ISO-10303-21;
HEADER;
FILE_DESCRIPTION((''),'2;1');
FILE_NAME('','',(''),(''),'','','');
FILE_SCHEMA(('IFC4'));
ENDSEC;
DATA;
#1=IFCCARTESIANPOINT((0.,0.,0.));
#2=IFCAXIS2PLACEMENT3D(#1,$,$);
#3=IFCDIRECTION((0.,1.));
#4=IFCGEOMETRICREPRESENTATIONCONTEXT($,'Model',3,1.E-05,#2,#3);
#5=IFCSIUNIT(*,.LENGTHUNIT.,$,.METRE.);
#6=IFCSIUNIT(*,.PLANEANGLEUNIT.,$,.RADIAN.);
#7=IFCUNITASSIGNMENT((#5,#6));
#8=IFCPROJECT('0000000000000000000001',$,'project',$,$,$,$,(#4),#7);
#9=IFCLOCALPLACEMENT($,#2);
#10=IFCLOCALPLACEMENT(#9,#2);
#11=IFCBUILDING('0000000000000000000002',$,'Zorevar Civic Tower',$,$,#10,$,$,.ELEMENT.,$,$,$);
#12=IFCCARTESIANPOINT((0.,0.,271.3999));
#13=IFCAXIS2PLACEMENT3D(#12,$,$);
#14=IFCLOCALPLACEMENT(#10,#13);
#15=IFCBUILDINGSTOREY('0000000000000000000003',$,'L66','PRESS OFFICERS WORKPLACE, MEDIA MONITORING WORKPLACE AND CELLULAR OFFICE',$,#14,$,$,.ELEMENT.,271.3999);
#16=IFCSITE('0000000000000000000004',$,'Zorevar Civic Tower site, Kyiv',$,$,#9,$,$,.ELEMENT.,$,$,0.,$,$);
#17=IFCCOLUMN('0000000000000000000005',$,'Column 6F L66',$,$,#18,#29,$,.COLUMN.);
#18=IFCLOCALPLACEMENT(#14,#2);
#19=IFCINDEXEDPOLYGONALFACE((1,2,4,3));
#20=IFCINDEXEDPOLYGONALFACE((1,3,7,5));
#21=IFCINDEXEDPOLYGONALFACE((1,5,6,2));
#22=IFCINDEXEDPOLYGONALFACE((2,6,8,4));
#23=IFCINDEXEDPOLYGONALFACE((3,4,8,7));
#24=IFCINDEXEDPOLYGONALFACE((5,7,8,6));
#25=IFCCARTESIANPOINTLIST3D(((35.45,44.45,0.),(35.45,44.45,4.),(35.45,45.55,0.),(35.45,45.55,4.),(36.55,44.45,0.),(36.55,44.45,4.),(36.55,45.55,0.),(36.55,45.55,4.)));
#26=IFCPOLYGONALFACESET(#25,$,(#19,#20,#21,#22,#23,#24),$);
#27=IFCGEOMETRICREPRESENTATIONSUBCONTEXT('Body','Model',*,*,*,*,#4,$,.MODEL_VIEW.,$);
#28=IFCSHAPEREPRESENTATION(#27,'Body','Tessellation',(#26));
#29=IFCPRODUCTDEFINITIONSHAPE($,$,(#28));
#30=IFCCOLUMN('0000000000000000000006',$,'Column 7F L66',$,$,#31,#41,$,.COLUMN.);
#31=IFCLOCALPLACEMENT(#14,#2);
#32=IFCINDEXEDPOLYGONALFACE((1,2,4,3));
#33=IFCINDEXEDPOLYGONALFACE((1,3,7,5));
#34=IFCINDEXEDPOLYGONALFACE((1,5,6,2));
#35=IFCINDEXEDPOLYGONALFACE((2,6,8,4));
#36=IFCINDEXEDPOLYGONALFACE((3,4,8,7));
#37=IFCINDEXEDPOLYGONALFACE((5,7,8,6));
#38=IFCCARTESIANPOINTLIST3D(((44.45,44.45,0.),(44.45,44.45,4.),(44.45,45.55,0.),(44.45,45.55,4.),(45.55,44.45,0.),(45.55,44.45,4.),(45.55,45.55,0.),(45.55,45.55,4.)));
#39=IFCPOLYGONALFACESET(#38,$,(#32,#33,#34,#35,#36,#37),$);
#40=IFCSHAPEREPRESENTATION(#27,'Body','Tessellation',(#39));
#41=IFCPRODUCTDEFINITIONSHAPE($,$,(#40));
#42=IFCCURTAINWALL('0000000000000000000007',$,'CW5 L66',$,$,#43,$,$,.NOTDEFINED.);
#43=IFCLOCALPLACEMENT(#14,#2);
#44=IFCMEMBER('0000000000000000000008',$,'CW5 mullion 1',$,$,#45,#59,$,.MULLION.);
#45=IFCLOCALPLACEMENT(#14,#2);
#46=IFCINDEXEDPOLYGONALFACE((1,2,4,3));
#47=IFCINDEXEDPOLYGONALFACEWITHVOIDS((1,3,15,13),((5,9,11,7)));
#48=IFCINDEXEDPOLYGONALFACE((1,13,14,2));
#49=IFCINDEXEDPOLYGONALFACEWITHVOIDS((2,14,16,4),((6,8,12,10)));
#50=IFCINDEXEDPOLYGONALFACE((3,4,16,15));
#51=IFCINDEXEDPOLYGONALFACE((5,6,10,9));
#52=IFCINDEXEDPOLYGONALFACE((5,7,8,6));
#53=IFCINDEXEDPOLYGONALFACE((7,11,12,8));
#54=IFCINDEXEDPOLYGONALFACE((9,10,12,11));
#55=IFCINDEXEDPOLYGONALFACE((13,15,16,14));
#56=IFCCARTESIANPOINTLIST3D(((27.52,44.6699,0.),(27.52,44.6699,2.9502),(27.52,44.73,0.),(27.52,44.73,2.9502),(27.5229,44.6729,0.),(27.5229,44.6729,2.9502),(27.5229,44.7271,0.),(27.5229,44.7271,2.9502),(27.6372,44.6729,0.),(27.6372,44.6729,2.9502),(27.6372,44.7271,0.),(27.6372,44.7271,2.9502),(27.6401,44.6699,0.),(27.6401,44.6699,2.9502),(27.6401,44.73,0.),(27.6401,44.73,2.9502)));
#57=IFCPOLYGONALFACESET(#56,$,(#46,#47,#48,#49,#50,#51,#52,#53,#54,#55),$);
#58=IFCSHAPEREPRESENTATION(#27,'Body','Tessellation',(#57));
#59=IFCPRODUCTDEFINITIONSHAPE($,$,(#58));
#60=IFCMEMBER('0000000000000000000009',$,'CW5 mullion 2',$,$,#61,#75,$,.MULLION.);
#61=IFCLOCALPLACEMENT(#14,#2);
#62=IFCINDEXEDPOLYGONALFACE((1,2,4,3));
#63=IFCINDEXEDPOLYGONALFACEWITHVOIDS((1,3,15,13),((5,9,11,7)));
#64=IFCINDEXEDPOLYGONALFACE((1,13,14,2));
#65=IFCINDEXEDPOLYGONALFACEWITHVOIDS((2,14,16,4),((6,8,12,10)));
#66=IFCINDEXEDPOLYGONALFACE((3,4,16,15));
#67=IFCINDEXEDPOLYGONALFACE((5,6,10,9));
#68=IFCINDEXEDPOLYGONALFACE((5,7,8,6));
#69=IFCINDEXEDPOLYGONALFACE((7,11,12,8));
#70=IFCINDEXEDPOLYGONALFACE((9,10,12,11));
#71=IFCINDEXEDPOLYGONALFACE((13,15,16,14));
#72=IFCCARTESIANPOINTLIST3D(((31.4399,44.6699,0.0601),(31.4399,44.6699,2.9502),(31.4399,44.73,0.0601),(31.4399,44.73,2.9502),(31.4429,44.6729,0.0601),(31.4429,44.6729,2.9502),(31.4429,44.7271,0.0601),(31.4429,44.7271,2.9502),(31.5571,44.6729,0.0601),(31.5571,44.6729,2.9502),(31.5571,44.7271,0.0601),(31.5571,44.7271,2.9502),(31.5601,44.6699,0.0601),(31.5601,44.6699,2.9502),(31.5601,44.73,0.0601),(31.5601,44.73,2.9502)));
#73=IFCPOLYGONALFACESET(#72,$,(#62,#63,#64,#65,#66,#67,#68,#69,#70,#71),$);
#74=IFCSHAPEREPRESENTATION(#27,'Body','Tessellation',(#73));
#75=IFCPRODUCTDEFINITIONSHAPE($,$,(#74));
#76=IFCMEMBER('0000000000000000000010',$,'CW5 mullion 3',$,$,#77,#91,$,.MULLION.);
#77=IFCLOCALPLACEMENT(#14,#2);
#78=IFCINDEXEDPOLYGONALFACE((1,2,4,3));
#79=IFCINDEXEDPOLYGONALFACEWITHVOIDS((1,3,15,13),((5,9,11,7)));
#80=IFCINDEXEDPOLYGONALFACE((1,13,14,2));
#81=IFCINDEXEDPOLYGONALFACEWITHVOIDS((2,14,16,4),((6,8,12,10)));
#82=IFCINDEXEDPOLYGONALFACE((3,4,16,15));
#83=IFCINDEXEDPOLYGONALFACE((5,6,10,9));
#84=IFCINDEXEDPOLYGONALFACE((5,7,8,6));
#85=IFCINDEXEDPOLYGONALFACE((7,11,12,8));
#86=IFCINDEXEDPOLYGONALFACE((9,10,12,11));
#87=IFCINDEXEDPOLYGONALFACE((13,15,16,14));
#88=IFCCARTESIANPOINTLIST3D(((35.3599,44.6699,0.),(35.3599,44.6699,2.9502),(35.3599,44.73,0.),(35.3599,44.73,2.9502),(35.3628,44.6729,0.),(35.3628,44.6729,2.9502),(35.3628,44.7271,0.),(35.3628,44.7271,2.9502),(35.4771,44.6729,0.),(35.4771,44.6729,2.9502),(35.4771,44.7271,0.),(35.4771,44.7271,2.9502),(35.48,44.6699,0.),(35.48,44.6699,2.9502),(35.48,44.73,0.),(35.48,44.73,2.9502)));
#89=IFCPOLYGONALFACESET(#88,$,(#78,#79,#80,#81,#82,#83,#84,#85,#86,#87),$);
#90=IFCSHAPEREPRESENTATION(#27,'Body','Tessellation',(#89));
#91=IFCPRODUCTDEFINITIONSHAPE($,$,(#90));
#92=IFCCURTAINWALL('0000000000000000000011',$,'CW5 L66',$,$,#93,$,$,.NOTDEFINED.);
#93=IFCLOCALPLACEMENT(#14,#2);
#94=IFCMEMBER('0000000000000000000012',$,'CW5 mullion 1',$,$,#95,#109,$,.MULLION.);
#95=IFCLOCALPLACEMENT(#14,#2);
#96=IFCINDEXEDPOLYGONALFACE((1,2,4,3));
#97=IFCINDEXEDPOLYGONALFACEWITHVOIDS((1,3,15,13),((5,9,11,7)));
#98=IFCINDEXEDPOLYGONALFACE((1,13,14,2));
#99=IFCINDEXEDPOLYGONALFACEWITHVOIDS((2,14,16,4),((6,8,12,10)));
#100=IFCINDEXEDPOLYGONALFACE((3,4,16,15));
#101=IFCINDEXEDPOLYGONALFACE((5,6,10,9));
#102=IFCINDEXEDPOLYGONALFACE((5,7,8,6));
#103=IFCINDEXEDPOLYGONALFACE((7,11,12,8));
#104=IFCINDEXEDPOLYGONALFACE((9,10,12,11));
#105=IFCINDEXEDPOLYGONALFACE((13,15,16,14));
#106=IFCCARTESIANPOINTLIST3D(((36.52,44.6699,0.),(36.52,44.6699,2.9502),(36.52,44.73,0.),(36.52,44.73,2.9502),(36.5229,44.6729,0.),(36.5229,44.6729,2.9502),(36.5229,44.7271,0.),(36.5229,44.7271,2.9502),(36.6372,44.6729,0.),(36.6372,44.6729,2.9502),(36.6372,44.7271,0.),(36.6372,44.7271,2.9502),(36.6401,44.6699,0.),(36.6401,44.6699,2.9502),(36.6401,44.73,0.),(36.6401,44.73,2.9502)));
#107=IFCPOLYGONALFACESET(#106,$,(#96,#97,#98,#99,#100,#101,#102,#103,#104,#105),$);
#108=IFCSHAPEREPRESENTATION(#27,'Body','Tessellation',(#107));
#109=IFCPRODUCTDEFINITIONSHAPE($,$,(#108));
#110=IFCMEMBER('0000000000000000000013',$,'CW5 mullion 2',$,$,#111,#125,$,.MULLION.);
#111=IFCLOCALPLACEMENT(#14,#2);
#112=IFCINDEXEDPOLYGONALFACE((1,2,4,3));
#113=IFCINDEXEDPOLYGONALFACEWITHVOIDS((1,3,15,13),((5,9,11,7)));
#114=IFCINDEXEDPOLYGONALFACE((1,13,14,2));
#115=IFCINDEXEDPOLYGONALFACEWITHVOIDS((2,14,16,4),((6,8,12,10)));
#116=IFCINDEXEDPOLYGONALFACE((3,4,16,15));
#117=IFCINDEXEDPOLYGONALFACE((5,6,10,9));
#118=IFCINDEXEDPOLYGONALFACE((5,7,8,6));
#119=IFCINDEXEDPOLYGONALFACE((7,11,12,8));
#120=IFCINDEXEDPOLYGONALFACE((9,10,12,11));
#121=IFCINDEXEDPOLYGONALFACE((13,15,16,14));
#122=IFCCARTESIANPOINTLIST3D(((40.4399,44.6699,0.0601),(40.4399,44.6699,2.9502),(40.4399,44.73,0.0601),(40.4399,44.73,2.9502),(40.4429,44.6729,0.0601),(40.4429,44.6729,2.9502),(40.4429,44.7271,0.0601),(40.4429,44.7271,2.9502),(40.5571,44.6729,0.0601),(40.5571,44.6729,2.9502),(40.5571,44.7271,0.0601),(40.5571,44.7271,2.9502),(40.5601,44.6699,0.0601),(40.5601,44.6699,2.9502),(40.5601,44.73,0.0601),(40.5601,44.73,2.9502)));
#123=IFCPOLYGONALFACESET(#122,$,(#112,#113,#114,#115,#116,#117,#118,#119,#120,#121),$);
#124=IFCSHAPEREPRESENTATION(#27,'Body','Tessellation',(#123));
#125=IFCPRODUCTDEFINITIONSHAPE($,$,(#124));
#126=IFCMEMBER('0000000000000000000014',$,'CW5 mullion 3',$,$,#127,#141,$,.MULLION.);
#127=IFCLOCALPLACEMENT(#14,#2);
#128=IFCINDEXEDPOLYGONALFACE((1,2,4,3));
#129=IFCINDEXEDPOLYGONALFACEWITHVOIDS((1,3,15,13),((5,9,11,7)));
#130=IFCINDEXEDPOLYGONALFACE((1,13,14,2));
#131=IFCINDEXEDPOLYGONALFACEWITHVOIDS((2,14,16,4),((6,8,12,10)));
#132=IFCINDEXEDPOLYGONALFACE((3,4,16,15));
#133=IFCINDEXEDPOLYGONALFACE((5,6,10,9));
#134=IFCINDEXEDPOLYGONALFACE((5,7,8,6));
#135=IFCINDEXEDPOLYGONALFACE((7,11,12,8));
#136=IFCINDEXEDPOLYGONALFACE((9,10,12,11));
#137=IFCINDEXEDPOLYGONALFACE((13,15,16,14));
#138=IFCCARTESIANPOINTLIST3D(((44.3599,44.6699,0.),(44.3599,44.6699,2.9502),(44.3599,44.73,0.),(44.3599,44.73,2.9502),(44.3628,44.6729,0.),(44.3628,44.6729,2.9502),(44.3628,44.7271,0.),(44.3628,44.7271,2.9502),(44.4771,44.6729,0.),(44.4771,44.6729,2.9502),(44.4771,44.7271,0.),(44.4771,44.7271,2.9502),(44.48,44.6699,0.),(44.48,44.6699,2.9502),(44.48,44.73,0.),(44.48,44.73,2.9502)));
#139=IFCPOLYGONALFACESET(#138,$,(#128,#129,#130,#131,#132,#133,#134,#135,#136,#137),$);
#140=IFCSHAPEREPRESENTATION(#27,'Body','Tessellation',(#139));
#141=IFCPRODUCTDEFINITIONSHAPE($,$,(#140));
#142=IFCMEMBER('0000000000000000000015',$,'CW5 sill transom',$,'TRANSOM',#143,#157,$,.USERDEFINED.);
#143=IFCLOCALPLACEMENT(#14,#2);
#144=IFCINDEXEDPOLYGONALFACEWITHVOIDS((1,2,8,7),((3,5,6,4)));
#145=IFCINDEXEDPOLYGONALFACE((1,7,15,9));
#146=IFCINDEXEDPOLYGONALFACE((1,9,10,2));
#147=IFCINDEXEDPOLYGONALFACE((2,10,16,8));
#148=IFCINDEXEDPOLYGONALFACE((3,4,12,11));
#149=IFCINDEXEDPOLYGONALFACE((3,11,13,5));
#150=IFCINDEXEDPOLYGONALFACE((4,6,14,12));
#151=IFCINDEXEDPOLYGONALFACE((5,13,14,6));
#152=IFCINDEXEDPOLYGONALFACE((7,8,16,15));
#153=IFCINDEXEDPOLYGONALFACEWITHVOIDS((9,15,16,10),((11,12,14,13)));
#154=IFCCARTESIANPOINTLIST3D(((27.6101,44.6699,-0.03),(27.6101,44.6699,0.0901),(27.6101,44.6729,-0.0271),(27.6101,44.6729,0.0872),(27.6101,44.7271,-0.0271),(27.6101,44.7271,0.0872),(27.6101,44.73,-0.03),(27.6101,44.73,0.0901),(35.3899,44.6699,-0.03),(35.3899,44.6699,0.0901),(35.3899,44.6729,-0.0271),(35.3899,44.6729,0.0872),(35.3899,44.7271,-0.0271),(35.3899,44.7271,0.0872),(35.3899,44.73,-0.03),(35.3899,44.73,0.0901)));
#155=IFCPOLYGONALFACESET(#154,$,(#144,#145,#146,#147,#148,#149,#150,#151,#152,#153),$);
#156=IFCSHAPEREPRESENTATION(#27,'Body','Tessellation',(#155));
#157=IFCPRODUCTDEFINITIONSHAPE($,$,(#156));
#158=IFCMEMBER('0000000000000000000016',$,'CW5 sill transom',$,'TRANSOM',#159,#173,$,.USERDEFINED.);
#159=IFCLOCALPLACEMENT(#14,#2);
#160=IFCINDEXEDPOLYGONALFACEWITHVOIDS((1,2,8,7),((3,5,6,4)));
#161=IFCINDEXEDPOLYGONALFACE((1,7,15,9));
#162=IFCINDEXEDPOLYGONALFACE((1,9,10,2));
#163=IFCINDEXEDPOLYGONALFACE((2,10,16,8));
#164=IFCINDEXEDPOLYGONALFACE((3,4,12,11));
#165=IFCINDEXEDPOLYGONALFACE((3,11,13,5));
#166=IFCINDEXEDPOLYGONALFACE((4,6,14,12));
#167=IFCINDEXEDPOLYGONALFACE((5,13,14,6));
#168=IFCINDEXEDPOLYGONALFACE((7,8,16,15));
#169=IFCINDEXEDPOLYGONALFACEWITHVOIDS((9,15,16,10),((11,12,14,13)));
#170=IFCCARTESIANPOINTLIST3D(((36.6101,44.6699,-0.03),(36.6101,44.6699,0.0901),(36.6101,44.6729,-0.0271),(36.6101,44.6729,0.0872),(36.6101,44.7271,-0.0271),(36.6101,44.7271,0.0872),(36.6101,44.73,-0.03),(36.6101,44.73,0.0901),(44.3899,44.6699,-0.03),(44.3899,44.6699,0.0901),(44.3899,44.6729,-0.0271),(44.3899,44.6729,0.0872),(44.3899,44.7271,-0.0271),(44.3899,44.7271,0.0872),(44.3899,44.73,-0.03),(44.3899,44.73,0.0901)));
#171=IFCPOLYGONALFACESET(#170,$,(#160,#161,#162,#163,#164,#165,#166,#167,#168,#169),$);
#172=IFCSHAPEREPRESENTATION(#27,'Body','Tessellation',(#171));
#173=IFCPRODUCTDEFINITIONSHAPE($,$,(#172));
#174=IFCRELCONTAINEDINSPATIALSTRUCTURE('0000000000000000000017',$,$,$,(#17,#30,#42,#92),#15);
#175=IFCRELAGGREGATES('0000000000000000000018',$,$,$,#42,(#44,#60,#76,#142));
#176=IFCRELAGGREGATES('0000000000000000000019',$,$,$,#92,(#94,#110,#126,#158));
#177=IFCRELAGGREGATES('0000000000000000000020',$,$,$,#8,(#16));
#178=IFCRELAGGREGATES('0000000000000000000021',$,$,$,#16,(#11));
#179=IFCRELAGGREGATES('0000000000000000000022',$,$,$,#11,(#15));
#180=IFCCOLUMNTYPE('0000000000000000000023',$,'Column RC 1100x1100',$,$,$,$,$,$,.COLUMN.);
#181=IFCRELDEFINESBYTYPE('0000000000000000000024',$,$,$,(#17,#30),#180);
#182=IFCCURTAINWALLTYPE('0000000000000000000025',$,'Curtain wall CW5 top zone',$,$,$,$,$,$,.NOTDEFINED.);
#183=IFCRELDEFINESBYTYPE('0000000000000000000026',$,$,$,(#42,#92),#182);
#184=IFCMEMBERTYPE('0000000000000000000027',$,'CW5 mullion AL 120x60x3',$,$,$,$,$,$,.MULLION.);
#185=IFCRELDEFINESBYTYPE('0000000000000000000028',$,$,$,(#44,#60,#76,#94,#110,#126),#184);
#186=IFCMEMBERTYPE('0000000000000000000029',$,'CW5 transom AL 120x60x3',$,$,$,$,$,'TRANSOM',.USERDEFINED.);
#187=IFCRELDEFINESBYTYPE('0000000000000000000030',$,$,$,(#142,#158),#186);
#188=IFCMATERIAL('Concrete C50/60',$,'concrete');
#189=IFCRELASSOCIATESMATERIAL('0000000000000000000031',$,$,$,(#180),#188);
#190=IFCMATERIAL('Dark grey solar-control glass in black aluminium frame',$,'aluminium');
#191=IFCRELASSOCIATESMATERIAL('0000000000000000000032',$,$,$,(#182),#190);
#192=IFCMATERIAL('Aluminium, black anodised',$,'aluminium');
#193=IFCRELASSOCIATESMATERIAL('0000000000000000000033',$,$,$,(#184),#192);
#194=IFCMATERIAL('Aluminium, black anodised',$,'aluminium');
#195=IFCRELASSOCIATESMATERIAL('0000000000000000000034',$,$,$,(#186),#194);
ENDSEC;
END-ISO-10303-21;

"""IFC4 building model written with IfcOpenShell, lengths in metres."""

from ifc_helpers import new_model, si_unit, direction, frame, origin, origin_2d, place, context, subcontext, project, spatial, rectangle, hollow_rectangle, extrude, material, material_profile, profile_set, type_object, element, aggregate, save


model = new_model("IFC4")

# Units and contexts
model_context = context("Model", 3, precision=1e-05, world=origin(), true_north=direction((0.0, 1.0)))
body_context = subcontext(model_context, "Body", "Model", "MODEL_VIEW")
ifc_project = project(units=[si_unit("LENGTHUNIT", "METRE"), si_unit("PLANEANGLEUNIT", "RADIAN")], contexts=[model_context])

# Site, building, storey
site_placement = place(None, origin())
site = spatial("IfcSite", under=ifc_project, at=site_placement, Name="Zorevar Civic Tower site, Kyiv", CompositionType="ELEMENT", RefElevation=0.0)
building_placement = place(site_placement, origin())
building = spatial("IfcBuilding", under=site, at=building_placement, Name="Zorevar Civic Tower", CompositionType="ELEMENT")
storey_placement = place(building_placement, frame((0.0, 0.0, 271.3999)))
storey = spatial("IfcBuildingStorey", under=building, at=storey_placement, Name="L66", Description="PRESS OFFICERS WORKPLACE, MEDIA MONITORING WORKPLACE AND CELLULAR OFFICE", CompositionType="ELEMENT", Elevation=271.3999)

# Columns
ifc_material_1 = material(Name="Concrete C50/60", Category="concrete")
ifc_material_profile_1 = material_profile(ifc_material_1, rectangle(XDim=1.1001, YDim=1.1001, at=origin_2d()), Name="RC 1100x1100")
ifc_profile_set_1 = profile_set([ifc_material_profile_1], Name="Concrete C50/60")
column_type = type_object("IfcColumnType", Name="Column RC 1100x1100", PredefinedType="COLUMN", material=ifc_profile_set_1)
for number, where, z_axis, x_axis, name in (
    (1, (36.0, 45.0, 0.0), (0.0, 0.0, 1.0), (1.0, 0.0, 0.0), "Column 6F L66"),
    (2, (45.0, 45.0, 0.0), (0.0, 0.0, 1.0), (1.0, 0.0, 0.0), "Column 7F L66"),
):
    element("IfcColumn", number, at=place(storey_placement, frame(where, z_axis=z_axis, x_axis=x_axis)), inside=storey, type_object=column_type, Name=name, PredefinedType="COLUMN", context=body_context, shape_type="SweptSolid", body=[
        extrude(rectangle(XDim=1.1001, YDim=1.1001, at=origin_2d()), origin(), (0.0, 0.0, 1.0), 4.0),
    ])

# Curtain walls, members
ifc_material_2 = material(Name="Dark grey solar-control glass in black aluminium frame", Category="aluminium")
curtain_wall_type = type_object("IfcCurtainWallType", Name="Curtain wall CW5 top zone", PredefinedType="NOTDEFINED", material=ifc_material_2)
curtain_wall_1_placement = place(storey_placement, origin())
curtain_wall_1 = element("IfcCurtainWall", 3, at=curtain_wall_1_placement, inside=storey, type_object=curtain_wall_type, Name="CW5 L66", PredefinedType="NOTDEFINED")
ifc_material_3 = material(Name="Aluminium, black anodised", Category="aluminium")
ifc_material_profile_2 = material_profile(ifc_material_3, hollow_rectangle(XDim=0.0601, YDim=0.1201, WallThickness=0.0029, at=origin_2d()), Name="AL 120x60x3")
ifc_profile_set_2 = profile_set([ifc_material_profile_2], Name="Aluminium, black anodised")
member_type_1 = type_object("IfcMemberType", Name="CW5 mullion AL 120x60x3", PredefinedType="MULLION", material=ifc_profile_set_2)
member_1_placement = place(storey_placement, frame((27.5801, 44.7, 0.0), z_axis=(0.0, 0.0, 1.0), x_axis=(0.0, 1.0, 0.0)))
member_1 = element("IfcMember", 4, at=member_1_placement, type_object=member_type_1, Name="CW5 mullion 1", PredefinedType="MULLION", context=body_context, shape_type="SweptSolid", body=[
    extrude(hollow_rectangle(XDim=0.0601, YDim=0.1201, WallThickness=0.0029, at=origin_2d()), origin(), (0.0, 0.0, 1.0), 2.9502),
])
member_2_placement = place(storey_placement, frame((31.5, 44.7, 0.0601), z_axis=(0.0, 0.0, 1.0), x_axis=(0.0, 1.0, 0.0)))
member_2 = element("IfcMember", 5, at=member_2_placement, type_object=member_type_1, Name="CW5 mullion 2", PredefinedType="MULLION", context=body_context, shape_type="SweptSolid", body=[
    extrude(hollow_rectangle(XDim=0.0601, YDim=0.1201, WallThickness=0.0029, at=origin_2d()), origin(), (0.0, 0.0, 1.0), 2.8901),
])
member_3_placement = place(storey_placement, frame((35.4199, 44.7, 0.0), z_axis=(0.0, 0.0, 1.0), x_axis=(0.0, 1.0, 0.0)))
member_3 = element("IfcMember", 6, at=member_3_placement, type_object=member_type_1, Name="CW5 mullion 3", PredefinedType="MULLION", context=body_context, shape_type="SweptSolid", body=[
    extrude(hollow_rectangle(XDim=0.0601, YDim=0.1201, WallThickness=0.0029, at=origin_2d()), origin(), (0.0, 0.0, 1.0), 2.9502),
])
curtain_wall_2_placement = place(storey_placement, origin())
curtain_wall_2 = element("IfcCurtainWall", 7, at=curtain_wall_2_placement, inside=storey, type_object=curtain_wall_type, Name="CW5 L66", PredefinedType="NOTDEFINED")
member_4_placement = place(storey_placement, frame((36.5801, 44.7, 0.0), z_axis=(0.0, 0.0, 1.0), x_axis=(0.0, 1.0, 0.0)))
member_4 = element("IfcMember", 8, at=member_4_placement, type_object=member_type_1, Name="CW5 mullion 1", PredefinedType="MULLION", context=body_context, shape_type="SweptSolid", body=[
    extrude(hollow_rectangle(XDim=0.0601, YDim=0.1201, WallThickness=0.0029, at=origin_2d()), origin(), (0.0, 0.0, 1.0), 2.9502),
])
member_5_placement = place(storey_placement, frame((40.5, 44.7, 0.0601), z_axis=(0.0, 0.0, 1.0), x_axis=(0.0, 1.0, 0.0)))
member_5 = element("IfcMember", 9, at=member_5_placement, type_object=member_type_1, Name="CW5 mullion 2", PredefinedType="MULLION", context=body_context, shape_type="SweptSolid", body=[
    extrude(hollow_rectangle(XDim=0.0601, YDim=0.1201, WallThickness=0.0029, at=origin_2d()), origin(), (0.0, 0.0, 1.0), 2.8901),
])
member_6_placement = place(storey_placement, frame((44.4199, 44.7, 0.0), z_axis=(0.0, 0.0, 1.0), x_axis=(0.0, 1.0, 0.0)))
member_6 = element("IfcMember", 10, at=member_6_placement, type_object=member_type_1, Name="CW5 mullion 3", PredefinedType="MULLION", context=body_context, shape_type="SweptSolid", body=[
    extrude(hollow_rectangle(XDim=0.0601, YDim=0.1201, WallThickness=0.0029, at=origin_2d()), origin(), (0.0, 0.0, 1.0), 2.9502),
])

# Members
ifc_material_4 = material(Name="Aluminium, black anodised", Category="aluminium")
ifc_material_profile_3 = material_profile(ifc_material_4, hollow_rectangle(XDim=0.0601, YDim=0.1201, WallThickness=0.0029, at=origin_2d()), Name="AL 120x60x3")
ifc_profile_set_3 = profile_set([ifc_material_profile_3], Name="Aluminium, black anodised")
member_type_2 = type_object("IfcMemberType", Name="CW5 transom AL 120x60x3", ElementType="TRANSOM", PredefinedType="USERDEFINED", material=ifc_profile_set_3)
member_7_placement = place(storey_placement, frame((27.6101, 44.7, 0.03), z_axis=(1.0, 0.0, 0.0), x_axis=(0.0, 1.0, 0.0)))
member_7 = element("IfcMember", 11, at=member_7_placement, type_object=member_type_2, Name="CW5 sill transom", ObjectType="TRANSOM", PredefinedType="USERDEFINED", context=body_context, shape_type="SweptSolid", body=[
    extrude(hollow_rectangle(XDim=0.0601, YDim=0.1201, WallThickness=0.0029, at=origin_2d()), origin(), (0.0, 0.0, 1.0), 7.7798),
])
member_8_placement = place(storey_placement, frame((36.6101, 44.7, 0.03), z_axis=(1.0, 0.0, 0.0), x_axis=(0.0, 1.0, 0.0)))
member_8 = element("IfcMember", 12, at=member_8_placement, type_object=member_type_2, Name="CW5 sill transom", ObjectType="TRANSOM", PredefinedType="USERDEFINED", context=body_context, shape_type="SweptSolid", body=[
    extrude(hollow_rectangle(XDim=0.0601, YDim=0.1201, WallThickness=0.0029, at=origin_2d()), origin(), (0.0, 0.0, 1.0), 7.7798),
])

aggregate(curtain_wall_1, [member_1, member_2, member_3, member_7])
aggregate(curtain_wall_2, [member_4, member_5, member_6, member_8])

save(model, "model.ifc")
